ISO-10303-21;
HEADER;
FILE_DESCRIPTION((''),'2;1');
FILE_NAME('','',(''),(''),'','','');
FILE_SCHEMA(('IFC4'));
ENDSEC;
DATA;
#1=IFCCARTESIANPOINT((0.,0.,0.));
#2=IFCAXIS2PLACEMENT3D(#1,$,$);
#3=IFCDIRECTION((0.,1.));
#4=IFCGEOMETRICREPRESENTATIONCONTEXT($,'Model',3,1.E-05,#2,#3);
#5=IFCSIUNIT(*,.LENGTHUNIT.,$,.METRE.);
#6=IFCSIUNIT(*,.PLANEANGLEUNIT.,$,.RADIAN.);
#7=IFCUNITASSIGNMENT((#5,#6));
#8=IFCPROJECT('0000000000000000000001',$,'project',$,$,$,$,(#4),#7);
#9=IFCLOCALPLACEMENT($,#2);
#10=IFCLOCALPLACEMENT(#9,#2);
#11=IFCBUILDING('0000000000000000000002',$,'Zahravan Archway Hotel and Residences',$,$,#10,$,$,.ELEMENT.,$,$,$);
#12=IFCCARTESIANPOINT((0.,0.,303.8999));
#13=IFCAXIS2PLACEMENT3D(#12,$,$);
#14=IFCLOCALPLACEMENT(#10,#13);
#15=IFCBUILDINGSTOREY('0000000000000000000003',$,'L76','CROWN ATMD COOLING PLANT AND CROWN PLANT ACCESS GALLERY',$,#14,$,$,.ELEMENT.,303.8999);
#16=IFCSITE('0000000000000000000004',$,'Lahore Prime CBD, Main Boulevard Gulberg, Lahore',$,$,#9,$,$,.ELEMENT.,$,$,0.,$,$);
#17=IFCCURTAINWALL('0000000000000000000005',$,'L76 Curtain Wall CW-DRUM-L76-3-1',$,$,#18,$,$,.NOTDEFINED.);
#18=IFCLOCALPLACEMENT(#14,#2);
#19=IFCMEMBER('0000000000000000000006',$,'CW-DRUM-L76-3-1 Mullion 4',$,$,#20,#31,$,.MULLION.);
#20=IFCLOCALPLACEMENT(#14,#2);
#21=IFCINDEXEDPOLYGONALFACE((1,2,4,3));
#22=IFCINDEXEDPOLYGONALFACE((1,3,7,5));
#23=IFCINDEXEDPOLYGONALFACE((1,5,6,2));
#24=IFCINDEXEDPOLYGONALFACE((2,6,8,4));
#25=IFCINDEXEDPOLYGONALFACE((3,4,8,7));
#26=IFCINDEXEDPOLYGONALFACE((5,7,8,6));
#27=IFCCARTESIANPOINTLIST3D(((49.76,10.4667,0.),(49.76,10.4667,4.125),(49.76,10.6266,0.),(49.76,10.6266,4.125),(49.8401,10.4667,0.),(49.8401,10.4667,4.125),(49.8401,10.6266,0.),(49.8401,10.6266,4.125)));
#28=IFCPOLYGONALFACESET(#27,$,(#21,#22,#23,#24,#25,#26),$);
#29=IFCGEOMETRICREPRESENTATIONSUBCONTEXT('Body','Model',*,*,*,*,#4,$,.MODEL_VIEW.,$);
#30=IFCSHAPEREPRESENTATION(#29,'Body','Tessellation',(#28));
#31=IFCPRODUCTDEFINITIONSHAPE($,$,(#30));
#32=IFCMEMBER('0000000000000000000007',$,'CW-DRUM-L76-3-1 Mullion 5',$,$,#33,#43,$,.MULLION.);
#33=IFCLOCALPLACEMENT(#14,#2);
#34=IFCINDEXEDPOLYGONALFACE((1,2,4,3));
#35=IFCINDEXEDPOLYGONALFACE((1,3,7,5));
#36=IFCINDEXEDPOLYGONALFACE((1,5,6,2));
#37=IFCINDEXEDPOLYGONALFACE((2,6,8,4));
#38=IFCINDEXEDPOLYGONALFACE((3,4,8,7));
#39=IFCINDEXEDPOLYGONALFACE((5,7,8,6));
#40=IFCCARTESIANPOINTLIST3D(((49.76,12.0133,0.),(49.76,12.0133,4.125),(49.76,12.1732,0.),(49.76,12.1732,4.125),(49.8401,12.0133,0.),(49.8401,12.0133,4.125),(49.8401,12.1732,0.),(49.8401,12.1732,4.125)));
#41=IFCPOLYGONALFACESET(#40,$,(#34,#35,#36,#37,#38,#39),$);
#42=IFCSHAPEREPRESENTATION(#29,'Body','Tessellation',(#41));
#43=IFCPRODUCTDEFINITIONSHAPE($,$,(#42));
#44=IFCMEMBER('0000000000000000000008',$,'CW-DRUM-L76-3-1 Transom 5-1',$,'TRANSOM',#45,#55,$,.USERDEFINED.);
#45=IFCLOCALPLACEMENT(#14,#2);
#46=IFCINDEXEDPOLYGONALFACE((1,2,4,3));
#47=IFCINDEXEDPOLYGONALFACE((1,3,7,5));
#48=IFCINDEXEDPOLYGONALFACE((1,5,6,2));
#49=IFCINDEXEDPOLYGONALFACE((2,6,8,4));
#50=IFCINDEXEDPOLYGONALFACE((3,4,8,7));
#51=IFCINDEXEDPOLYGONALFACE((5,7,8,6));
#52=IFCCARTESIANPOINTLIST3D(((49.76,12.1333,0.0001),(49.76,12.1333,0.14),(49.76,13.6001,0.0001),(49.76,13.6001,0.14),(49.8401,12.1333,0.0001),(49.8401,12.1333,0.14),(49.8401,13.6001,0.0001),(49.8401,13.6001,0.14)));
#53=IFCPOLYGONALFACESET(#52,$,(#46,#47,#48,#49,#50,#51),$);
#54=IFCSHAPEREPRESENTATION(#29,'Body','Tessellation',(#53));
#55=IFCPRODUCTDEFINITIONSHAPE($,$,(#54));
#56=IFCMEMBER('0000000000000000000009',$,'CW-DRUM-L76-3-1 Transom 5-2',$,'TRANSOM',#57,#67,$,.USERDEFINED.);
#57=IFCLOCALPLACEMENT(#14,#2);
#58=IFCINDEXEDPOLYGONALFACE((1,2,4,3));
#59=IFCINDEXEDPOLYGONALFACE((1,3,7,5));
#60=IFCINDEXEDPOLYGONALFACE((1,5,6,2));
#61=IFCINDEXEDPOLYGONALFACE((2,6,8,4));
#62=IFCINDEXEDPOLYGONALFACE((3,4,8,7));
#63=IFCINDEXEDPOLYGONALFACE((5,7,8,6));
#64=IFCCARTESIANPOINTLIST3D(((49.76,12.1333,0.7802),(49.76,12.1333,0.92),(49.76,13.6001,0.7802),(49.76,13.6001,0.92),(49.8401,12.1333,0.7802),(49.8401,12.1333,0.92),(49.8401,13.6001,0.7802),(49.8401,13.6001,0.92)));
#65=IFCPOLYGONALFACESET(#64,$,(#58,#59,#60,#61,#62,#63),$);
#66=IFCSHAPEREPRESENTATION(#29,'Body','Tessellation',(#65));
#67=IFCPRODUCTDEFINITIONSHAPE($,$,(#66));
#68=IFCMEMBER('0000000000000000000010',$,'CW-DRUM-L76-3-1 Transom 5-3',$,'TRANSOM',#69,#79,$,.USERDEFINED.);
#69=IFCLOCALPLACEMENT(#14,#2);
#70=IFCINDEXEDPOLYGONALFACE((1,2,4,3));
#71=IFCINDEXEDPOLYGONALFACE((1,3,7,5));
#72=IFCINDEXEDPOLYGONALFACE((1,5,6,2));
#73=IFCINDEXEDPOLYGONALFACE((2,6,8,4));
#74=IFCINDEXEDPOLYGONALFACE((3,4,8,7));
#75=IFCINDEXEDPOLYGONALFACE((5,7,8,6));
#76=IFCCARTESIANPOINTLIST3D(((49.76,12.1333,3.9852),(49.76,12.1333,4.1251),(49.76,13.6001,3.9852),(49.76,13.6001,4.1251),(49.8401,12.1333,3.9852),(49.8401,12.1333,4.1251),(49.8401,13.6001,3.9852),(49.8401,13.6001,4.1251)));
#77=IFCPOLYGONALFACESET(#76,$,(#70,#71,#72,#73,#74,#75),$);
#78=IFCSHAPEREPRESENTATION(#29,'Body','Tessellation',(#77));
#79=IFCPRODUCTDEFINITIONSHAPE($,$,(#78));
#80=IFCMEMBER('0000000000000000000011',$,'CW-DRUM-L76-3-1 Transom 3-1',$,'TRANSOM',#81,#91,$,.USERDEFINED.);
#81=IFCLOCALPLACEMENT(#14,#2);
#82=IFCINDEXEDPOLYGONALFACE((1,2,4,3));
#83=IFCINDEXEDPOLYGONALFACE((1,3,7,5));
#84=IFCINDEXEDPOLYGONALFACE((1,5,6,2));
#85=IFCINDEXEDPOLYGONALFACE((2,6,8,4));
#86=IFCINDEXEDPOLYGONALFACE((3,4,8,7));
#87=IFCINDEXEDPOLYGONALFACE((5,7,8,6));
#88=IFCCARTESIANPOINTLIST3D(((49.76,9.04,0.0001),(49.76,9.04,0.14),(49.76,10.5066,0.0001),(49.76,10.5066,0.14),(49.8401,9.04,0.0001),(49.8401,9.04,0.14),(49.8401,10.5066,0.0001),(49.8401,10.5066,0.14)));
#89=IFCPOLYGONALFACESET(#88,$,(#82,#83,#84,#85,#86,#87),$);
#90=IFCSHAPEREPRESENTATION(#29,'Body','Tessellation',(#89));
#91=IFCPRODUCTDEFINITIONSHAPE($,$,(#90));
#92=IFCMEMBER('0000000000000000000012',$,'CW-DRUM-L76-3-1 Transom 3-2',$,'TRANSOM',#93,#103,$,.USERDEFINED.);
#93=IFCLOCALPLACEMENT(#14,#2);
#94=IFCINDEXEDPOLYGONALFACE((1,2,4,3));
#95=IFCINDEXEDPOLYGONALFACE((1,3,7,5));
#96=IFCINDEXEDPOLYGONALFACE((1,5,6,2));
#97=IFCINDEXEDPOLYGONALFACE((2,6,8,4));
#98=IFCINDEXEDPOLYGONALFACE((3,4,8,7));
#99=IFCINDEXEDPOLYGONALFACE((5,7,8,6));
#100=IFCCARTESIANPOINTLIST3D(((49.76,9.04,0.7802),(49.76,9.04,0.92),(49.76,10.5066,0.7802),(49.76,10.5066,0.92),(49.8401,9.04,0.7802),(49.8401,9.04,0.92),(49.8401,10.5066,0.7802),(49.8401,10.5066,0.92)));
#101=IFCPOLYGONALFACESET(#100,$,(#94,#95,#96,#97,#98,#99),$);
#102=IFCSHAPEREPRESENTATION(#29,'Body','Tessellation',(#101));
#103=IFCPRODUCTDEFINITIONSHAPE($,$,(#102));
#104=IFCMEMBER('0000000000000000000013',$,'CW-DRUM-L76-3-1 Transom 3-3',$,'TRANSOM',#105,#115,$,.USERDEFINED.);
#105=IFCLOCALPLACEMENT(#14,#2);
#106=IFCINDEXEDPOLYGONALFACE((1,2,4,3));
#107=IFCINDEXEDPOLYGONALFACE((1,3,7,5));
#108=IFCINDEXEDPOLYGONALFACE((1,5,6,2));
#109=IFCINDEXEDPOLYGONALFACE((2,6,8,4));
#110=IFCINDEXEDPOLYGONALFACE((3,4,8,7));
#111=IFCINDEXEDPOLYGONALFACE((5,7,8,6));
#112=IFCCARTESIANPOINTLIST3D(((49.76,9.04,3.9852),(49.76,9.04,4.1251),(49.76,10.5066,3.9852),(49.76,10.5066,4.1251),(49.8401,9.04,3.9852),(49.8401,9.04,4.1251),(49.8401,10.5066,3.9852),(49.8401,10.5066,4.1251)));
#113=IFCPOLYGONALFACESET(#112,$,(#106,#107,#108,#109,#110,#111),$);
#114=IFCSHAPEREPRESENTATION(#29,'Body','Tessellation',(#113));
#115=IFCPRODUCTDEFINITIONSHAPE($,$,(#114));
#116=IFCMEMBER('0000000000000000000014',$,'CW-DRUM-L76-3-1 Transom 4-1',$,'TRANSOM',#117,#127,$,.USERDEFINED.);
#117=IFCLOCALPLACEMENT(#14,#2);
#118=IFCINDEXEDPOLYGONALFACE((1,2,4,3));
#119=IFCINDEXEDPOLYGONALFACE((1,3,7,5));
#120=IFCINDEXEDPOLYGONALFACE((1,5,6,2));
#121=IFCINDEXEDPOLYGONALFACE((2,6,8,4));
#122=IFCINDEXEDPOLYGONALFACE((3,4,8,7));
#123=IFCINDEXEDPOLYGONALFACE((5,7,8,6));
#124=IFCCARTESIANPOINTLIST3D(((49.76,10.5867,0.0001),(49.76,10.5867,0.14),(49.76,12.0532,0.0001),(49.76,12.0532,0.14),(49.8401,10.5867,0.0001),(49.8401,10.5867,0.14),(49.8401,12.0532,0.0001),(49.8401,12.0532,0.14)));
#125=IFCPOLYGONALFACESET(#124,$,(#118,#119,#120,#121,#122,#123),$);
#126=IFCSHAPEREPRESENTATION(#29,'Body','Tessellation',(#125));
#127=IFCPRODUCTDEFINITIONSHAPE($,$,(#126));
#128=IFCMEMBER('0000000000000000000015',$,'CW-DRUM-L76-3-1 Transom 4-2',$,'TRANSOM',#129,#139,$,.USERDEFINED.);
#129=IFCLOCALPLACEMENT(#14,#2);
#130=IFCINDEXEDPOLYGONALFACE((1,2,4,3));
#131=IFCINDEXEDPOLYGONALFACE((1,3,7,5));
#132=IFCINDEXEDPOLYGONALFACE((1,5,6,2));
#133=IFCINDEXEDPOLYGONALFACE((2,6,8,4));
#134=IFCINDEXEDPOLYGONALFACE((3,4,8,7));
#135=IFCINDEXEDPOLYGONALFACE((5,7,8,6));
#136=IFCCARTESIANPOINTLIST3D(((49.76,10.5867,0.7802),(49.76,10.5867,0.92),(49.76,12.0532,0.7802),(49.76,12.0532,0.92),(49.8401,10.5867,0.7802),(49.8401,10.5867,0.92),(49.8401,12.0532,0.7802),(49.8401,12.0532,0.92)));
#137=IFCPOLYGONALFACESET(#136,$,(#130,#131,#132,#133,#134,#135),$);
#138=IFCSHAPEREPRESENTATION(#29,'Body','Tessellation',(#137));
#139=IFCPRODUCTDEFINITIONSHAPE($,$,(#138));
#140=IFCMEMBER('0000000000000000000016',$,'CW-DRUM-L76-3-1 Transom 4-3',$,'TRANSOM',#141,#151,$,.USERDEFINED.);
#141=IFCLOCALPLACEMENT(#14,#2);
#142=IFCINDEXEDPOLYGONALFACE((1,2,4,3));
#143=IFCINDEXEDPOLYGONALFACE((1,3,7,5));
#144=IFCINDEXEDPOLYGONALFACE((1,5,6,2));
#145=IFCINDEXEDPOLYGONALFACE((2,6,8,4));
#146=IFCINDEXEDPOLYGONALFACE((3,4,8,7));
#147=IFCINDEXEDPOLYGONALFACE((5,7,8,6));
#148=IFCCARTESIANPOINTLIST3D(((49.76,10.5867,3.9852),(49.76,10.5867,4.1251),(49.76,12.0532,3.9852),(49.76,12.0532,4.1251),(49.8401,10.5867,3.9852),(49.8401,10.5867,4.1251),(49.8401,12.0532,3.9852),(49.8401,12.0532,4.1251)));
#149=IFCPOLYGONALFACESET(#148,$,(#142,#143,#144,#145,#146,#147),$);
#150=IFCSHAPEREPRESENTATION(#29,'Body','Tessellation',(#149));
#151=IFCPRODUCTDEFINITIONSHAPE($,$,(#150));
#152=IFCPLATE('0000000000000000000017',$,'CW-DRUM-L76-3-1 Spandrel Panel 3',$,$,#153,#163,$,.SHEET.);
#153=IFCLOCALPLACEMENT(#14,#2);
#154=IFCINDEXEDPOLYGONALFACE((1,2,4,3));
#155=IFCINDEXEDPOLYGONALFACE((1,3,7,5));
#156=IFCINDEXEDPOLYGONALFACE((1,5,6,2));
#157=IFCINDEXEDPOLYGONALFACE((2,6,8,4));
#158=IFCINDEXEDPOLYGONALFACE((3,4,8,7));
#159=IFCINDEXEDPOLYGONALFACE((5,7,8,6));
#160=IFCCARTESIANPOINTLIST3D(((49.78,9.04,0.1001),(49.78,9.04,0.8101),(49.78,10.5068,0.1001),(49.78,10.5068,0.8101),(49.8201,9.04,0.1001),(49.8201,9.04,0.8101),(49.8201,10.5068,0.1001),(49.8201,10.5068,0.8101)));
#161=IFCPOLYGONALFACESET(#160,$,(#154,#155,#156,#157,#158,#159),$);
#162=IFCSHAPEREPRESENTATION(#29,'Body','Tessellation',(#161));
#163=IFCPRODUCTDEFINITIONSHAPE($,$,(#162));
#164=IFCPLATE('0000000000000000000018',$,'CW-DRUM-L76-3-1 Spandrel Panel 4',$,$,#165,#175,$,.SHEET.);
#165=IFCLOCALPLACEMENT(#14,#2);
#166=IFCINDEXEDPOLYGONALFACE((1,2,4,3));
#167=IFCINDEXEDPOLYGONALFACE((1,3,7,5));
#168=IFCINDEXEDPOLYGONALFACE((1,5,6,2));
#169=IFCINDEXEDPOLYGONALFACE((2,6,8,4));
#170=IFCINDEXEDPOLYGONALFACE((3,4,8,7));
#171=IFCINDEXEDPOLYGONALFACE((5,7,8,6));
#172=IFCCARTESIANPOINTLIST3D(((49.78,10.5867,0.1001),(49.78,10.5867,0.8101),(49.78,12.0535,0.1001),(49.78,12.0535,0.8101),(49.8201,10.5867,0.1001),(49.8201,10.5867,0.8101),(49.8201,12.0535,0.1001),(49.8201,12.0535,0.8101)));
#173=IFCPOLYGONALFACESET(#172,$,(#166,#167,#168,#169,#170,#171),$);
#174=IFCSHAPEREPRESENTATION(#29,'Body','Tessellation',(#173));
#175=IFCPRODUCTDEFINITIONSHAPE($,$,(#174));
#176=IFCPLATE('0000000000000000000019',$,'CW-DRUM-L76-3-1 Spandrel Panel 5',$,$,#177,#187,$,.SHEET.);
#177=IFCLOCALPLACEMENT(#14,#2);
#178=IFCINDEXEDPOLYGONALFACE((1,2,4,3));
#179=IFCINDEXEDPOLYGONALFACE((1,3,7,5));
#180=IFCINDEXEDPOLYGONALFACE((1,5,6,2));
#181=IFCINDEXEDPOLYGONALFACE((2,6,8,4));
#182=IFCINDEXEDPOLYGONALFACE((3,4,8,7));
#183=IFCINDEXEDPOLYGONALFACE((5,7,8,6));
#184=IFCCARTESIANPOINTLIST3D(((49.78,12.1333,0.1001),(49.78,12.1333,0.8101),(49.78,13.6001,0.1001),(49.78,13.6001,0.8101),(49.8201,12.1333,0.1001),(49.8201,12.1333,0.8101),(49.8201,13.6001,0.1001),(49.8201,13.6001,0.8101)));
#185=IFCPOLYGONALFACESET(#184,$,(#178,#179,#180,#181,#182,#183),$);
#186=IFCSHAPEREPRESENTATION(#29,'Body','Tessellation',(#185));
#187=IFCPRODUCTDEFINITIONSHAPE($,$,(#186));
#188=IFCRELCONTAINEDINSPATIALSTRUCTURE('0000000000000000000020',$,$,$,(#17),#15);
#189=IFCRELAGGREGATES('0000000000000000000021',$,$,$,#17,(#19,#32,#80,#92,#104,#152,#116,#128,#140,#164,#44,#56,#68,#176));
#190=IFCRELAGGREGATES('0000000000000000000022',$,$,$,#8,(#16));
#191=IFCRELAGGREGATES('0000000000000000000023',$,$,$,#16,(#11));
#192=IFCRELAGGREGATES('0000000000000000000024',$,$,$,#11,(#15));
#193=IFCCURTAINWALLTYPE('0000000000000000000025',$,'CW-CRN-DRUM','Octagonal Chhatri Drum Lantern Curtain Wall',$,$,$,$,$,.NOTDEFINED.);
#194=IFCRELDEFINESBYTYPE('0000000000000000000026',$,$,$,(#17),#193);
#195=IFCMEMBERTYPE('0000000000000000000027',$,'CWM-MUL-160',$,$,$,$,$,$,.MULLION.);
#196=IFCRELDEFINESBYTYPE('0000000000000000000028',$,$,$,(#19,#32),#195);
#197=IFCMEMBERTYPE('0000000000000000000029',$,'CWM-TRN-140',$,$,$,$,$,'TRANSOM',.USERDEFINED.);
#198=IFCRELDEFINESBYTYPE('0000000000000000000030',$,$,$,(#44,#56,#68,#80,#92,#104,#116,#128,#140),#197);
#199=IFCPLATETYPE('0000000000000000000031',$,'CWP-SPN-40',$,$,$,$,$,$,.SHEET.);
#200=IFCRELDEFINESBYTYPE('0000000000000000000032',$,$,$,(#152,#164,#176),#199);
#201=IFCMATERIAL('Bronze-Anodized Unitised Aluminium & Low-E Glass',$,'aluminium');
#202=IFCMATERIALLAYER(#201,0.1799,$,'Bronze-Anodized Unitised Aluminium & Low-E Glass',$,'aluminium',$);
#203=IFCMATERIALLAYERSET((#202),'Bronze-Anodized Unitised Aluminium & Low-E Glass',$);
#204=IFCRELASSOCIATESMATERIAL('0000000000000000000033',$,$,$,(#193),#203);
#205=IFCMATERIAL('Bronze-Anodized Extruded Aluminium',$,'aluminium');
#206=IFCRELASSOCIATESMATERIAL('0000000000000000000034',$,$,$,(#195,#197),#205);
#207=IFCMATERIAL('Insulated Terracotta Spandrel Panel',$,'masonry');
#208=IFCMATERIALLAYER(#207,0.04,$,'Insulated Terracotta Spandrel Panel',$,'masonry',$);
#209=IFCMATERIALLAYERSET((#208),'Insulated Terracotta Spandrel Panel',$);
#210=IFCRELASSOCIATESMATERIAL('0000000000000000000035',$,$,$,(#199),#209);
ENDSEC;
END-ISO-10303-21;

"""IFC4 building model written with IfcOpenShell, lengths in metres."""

from ifc_helpers import new_model, si_unit, direction, frame, origin, origin_2d, place, context, subcontext, project, spatial, rectangle, extrude, source, transform, mapped, material, layer, layer_set, material_profile, profile_set, type_object, element, aggregate, save


model = new_model("IFC4")

# Units and contexts
model_context = context("Model", 3, precision=1e-05, world=origin(), true_north=direction((0.0, 1.0)))
body_context = subcontext(model_context, "Body", "Model", "MODEL_VIEW")
ifc_project = project(units=[si_unit("LENGTHUNIT", "METRE"), si_unit("PLANEANGLEUNIT", "RADIAN")], contexts=[model_context])

# Site, building, storey
site_placement = place(None, origin())
site = spatial("IfcSite", under=ifc_project, at=site_placement, Name="Lahore Prime CBD, Main Boulevard Gulberg, Lahore", CompositionType="ELEMENT", RefElevation=0.0)
building_placement = place(site_placement, origin())
building = spatial("IfcBuilding", under=site, at=building_placement, Name="Zahravan Archway Hotel and Residences", CompositionType="ELEMENT")
storey_placement = place(building_placement, frame((0.0, 0.0, 303.8999)))
storey = spatial("IfcBuildingStorey", under=building, at=storey_placement, Name="L76", Description="CROWN ATMD COOLING PLANT AND CROWN PLANT ACCESS GALLERY", CompositionType="ELEMENT", Elevation=303.8999)

# Curtain wall, members, plates
ifc_material_1 = material(Name="Bronze-Anodized Unitised Aluminium & Low-E Glass", Category="aluminium")
ifc_layer_1 = layer(ifc_material_1, 0.1799, Name="Bronze-Anodized Unitised Aluminium & Low-E Glass", Category="aluminium")
ifc_layer_set_1 = layer_set([ifc_layer_1], Name="Bronze-Anodized Unitised Aluminium & Low-E Glass")
curtain_wall_type = type_object("IfcCurtainWallType", Name="CW-CRN-DRUM", Description="Octagonal Chhatri Drum Lantern Curtain Wall", PredefinedType="NOTDEFINED", material=ifc_layer_set_1)
curtain_wall_placement = place(storey_placement, origin())
curtain_wall = element("IfcCurtainWall", 1, at=curtain_wall_placement, inside=storey, type_object=curtain_wall_type, Name="L76 Curtain Wall CW-DRUM-L76-3-1", PredefinedType="NOTDEFINED")
ifc_material_2 = material(Name="Bronze-Anodized Extruded Aluminium", Category="aluminium")
ifc_material_profile_1 = material_profile(ifc_material_2, rectangle(XDim=0.0801, YDim=0.1599, at=origin_2d()), Name="MUL 80x160", Category="aluminium")
ifc_profile_set_1 = profile_set([ifc_material_profile_1], Name="Bronze-Anodized Extruded Aluminium")
member_type_1 = type_object("IfcMemberType", Name="CWM-MUL-160", PredefinedType="MULLION", material=ifc_profile_set_1)
shared_shape_1 = source(origin(), body_context, "Body", "SweptSolid", [
    extrude(rectangle(XDim=0.0801, YDim=0.1599, at=origin_2d()), origin(), (0.0, 0.0, 1.0), 4.125),
])
member_1_placement = place(storey_placement, frame((49.8, 10.5466, 0.0), z_axis=(0.0, 0.0, 1.0), x_axis=(1.0, 0.0, 0.0)))
member_1 = element("IfcMember", 2, at=member_1_placement, type_object=member_type_1, Name="CW-DRUM-L76-3-1 Mullion 4", PredefinedType="MULLION", context=body_context, shape_type="MappedRepresentation", body=[
    mapped(shared_shape_1, transform((0.0, 0.0, 0.0), scale=1.0)),
])
member_2_placement = place(storey_placement, frame((49.8, 12.0933, 0.0), z_axis=(0.0, 0.0, 1.0), x_axis=(1.0, 0.0, 0.0)))
member_2 = element("IfcMember", 3, at=member_2_placement, type_object=member_type_1, Name="CW-DRUM-L76-3-1 Mullion 5", PredefinedType="MULLION", context=body_context, shape_type="MappedRepresentation", body=[
    mapped(shared_shape_1, transform((0.0, 0.0, 0.0), scale=1.0)),
])
ifc_material_profile_2 = material_profile(ifc_material_2, rectangle(XDim=0.0801, YDim=0.1399, at=origin_2d()), Name="TRN 80x140", Category="aluminium")
ifc_profile_set_2 = profile_set([ifc_material_profile_2], Name="Bronze-Anodized Extruded Aluminium")
member_type_2 = type_object("IfcMemberType", Name="CWM-TRN-140", ElementType="TRANSOM", PredefinedType="USERDEFINED", material=ifc_profile_set_2)
shared_shape_2 = source(origin(), body_context, "Body", "SweptSolid", [
    extrude(rectangle(XDim=0.0801, YDim=0.1399, at=origin_2d()), origin(), (0.0, 0.0, 1.0), 1.4668),
])
member_3_placement = place(storey_placement, frame((49.8, 12.1333, 0.0701), z_axis=(0.0, 1.0, 0.0), x_axis=(-1.0, 0.0, 0.0)))
member_3 = element("IfcMember", 4, at=member_3_placement, type_object=member_type_2, Name="CW-DRUM-L76-3-1 Transom 5-1", ObjectType="TRANSOM", PredefinedType="USERDEFINED", context=body_context, shape_type="MappedRepresentation", body=[
    mapped(shared_shape_2, transform((0.0, 0.0, 0.0), scale=1.0)),
])
member_4_placement = place(storey_placement, frame((49.8, 12.1333, 0.8501), z_axis=(0.0, 1.0, 0.0), x_axis=(-1.0, 0.0, 0.0)))
member_4 = element("IfcMember", 5, at=member_4_placement, type_object=member_type_2, Name="CW-DRUM-L76-3-1 Transom 5-2", ObjectType="TRANSOM", PredefinedType="USERDEFINED", context=body_context, shape_type="MappedRepresentation", body=[
    mapped(shared_shape_2, transform((0.0, 0.0, 0.0), scale=1.0)),
])
member_5_placement = place(storey_placement, frame((49.8, 12.1333, 4.0552), z_axis=(0.0, 1.0, 0.0), x_axis=(-1.0, 0.0, 0.0)))
member_5 = element("IfcMember", 6, at=member_5_placement, type_object=member_type_2, Name="CW-DRUM-L76-3-1 Transom 5-3", ObjectType="TRANSOM", PredefinedType="USERDEFINED", context=body_context, shape_type="MappedRepresentation", body=[
    mapped(shared_shape_2, transform((0.0, 0.0, 0.0), scale=1.0)),
])
shared_shape_3 = source(origin(), body_context, "Body", "SweptSolid", [
    extrude(rectangle(XDim=0.0801, YDim=0.1399, at=origin_2d()), origin(), (0.0, 0.0, 1.0), 1.4666),
])
member_6_placement = place(storey_placement, frame((49.8, 9.04, 0.0701), z_axis=(0.0, 1.0, 0.0), x_axis=(-1.0, 0.0, 0.0)))
member_6 = element("IfcMember", 7, at=member_6_placement, type_object=member_type_2, Name="CW-DRUM-L76-3-1 Transom 3-1", ObjectType="TRANSOM", PredefinedType="USERDEFINED", context=body_context, shape_type="MappedRepresentation", body=[
    mapped(shared_shape_3, transform((0.0, 0.0, 0.0), scale=1.0)),
])
member_7_placement = place(storey_placement, frame((49.8, 9.04, 0.8501), z_axis=(0.0, 1.0, 0.0), x_axis=(-1.0, 0.0, 0.0)))
member_7 = element("IfcMember", 8, at=member_7_placement, type_object=member_type_2, Name="CW-DRUM-L76-3-1 Transom 3-2", ObjectType="TRANSOM", PredefinedType="USERDEFINED", context=body_context, shape_type="MappedRepresentation", body=[
    mapped(shared_shape_3, transform((0.0, 0.0, 0.0), scale=1.0)),
])
member_8_placement = place(storey_placement, frame((49.8, 9.04, 4.0552), z_axis=(0.0, 1.0, 0.0), x_axis=(-1.0, 0.0, 0.0)))
member_8 = element("IfcMember", 9, at=member_8_placement, type_object=member_type_2, Name="CW-DRUM-L76-3-1 Transom 3-3", ObjectType="TRANSOM", PredefinedType="USERDEFINED", context=body_context, shape_type="MappedRepresentation", body=[
    mapped(shared_shape_3, transform((0.0, 0.0, 0.0), scale=1.0)),
])
member_9_placement = place(storey_placement, frame((49.8, 10.5867, 0.0701), z_axis=(0.0, 1.0, 0.0), x_axis=(-1.0, 0.0, 0.0)))
member_9 = element("IfcMember", 10, at=member_9_placement, type_object=member_type_2, Name="CW-DRUM-L76-3-1 Transom 4-1", ObjectType="TRANSOM", PredefinedType="USERDEFINED", context=body_context, shape_type="MappedRepresentation", body=[
    mapped(shared_shape_3, transform((0.0, 0.0, 0.0), scale=1.0)),
])
member_10_placement = place(storey_placement, frame((49.8, 10.5867, 0.8501), z_axis=(0.0, 1.0, 0.0), x_axis=(-1.0, 0.0, 0.0)))
member_10 = element("IfcMember", 11, at=member_10_placement, type_object=member_type_2, Name="CW-DRUM-L76-3-1 Transom 4-2", ObjectType="TRANSOM", PredefinedType="USERDEFINED", context=body_context, shape_type="MappedRepresentation", body=[
    mapped(shared_shape_3, transform((0.0, 0.0, 0.0), scale=1.0)),
])
member_11_placement = place(storey_placement, frame((49.8, 10.5867, 4.0552), z_axis=(0.0, 1.0, 0.0), x_axis=(-1.0, 0.0, 0.0)))
member_11 = element("IfcMember", 12, at=member_11_placement, type_object=member_type_2, Name="CW-DRUM-L76-3-1 Transom 4-3", ObjectType="TRANSOM", PredefinedType="USERDEFINED", context=body_context, shape_type="MappedRepresentation", body=[
    mapped(shared_shape_3, transform((0.0, 0.0, 0.0), scale=1.0)),
])
ifc_material_3 = material(Name="Insulated Terracotta Spandrel Panel", Category="masonry")
ifc_layer_2 = layer(ifc_material_3, 0.04, Name="Insulated Terracotta Spandrel Panel", Category="masonry")
ifc_layer_set_2 = layer_set([ifc_layer_2], Name="Insulated Terracotta Spandrel Panel")
plate_type_1 = type_object("IfcPlateType", Name="CWP-SPN-40", PredefinedType="SHEET", material=ifc_layer_set_2)
shared_shape_4 = source(origin(), body_context, "Body", "SweptSolid", [
    extrude(rectangle(XDim=1.4668, YDim=0.04, at=origin_2d()), origin(), (0.0, 0.0, 1.0), 0.71),
])
plate_1_placement = place(storey_placement, frame((49.8, 9.7734, 0.1001), z_axis=(0.0, 0.0, 1.0), x_axis=(0.0, 1.0, 0.0)))
plate_1 = element("IfcPlate", 13, at=plate_1_placement, type_object=plate_type_1, Name="CW-DRUM-L76-3-1 Spandrel Panel 3", PredefinedType="SHEET", context=body_context, shape_type="MappedRepresentation", body=[
    mapped(shared_shape_4, transform((0.0, 0.0, 0.0), scale=1.0)),
])
plate_2_placement = place(storey_placement, frame((49.8, 11.3201, 0.1001), z_axis=(0.0, 0.0, 1.0), x_axis=(0.0, 1.0, 0.0)))
plate_2 = element("IfcPlate", 14, at=plate_2_placement, type_object=plate_type_1, Name="CW-DRUM-L76-3-1 Spandrel Panel 4", PredefinedType="SHEET", context=body_context, shape_type="MappedRepresentation", body=[
    mapped(shared_shape_4, transform((0.0, 0.0, 0.0), scale=1.0)),
])
plate_3_placement = place(storey_placement, frame((49.8, 12.8667, 0.1001), z_axis=(0.0, 0.0, 1.0), x_axis=(0.0, 1.0, 0.0)))
plate_3 = element("IfcPlate", 15, at=plate_3_placement, type_object=plate_type_1, Name="CW-DRUM-L76-3-1 Spandrel Panel 5", PredefinedType="SHEET", context=body_context, shape_type="MappedRepresentation", body=[
    mapped(shared_shape_4, transform((0.0, 0.0, 0.0), scale=1.0)),
])
aggregate(curtain_wall, [member_1, member_2, member_6, member_7, member_8, plate_1, member_9, member_10, member_11, plate_2, member_3, member_4, member_5, plate_3])

save(model, "model.ifc")
